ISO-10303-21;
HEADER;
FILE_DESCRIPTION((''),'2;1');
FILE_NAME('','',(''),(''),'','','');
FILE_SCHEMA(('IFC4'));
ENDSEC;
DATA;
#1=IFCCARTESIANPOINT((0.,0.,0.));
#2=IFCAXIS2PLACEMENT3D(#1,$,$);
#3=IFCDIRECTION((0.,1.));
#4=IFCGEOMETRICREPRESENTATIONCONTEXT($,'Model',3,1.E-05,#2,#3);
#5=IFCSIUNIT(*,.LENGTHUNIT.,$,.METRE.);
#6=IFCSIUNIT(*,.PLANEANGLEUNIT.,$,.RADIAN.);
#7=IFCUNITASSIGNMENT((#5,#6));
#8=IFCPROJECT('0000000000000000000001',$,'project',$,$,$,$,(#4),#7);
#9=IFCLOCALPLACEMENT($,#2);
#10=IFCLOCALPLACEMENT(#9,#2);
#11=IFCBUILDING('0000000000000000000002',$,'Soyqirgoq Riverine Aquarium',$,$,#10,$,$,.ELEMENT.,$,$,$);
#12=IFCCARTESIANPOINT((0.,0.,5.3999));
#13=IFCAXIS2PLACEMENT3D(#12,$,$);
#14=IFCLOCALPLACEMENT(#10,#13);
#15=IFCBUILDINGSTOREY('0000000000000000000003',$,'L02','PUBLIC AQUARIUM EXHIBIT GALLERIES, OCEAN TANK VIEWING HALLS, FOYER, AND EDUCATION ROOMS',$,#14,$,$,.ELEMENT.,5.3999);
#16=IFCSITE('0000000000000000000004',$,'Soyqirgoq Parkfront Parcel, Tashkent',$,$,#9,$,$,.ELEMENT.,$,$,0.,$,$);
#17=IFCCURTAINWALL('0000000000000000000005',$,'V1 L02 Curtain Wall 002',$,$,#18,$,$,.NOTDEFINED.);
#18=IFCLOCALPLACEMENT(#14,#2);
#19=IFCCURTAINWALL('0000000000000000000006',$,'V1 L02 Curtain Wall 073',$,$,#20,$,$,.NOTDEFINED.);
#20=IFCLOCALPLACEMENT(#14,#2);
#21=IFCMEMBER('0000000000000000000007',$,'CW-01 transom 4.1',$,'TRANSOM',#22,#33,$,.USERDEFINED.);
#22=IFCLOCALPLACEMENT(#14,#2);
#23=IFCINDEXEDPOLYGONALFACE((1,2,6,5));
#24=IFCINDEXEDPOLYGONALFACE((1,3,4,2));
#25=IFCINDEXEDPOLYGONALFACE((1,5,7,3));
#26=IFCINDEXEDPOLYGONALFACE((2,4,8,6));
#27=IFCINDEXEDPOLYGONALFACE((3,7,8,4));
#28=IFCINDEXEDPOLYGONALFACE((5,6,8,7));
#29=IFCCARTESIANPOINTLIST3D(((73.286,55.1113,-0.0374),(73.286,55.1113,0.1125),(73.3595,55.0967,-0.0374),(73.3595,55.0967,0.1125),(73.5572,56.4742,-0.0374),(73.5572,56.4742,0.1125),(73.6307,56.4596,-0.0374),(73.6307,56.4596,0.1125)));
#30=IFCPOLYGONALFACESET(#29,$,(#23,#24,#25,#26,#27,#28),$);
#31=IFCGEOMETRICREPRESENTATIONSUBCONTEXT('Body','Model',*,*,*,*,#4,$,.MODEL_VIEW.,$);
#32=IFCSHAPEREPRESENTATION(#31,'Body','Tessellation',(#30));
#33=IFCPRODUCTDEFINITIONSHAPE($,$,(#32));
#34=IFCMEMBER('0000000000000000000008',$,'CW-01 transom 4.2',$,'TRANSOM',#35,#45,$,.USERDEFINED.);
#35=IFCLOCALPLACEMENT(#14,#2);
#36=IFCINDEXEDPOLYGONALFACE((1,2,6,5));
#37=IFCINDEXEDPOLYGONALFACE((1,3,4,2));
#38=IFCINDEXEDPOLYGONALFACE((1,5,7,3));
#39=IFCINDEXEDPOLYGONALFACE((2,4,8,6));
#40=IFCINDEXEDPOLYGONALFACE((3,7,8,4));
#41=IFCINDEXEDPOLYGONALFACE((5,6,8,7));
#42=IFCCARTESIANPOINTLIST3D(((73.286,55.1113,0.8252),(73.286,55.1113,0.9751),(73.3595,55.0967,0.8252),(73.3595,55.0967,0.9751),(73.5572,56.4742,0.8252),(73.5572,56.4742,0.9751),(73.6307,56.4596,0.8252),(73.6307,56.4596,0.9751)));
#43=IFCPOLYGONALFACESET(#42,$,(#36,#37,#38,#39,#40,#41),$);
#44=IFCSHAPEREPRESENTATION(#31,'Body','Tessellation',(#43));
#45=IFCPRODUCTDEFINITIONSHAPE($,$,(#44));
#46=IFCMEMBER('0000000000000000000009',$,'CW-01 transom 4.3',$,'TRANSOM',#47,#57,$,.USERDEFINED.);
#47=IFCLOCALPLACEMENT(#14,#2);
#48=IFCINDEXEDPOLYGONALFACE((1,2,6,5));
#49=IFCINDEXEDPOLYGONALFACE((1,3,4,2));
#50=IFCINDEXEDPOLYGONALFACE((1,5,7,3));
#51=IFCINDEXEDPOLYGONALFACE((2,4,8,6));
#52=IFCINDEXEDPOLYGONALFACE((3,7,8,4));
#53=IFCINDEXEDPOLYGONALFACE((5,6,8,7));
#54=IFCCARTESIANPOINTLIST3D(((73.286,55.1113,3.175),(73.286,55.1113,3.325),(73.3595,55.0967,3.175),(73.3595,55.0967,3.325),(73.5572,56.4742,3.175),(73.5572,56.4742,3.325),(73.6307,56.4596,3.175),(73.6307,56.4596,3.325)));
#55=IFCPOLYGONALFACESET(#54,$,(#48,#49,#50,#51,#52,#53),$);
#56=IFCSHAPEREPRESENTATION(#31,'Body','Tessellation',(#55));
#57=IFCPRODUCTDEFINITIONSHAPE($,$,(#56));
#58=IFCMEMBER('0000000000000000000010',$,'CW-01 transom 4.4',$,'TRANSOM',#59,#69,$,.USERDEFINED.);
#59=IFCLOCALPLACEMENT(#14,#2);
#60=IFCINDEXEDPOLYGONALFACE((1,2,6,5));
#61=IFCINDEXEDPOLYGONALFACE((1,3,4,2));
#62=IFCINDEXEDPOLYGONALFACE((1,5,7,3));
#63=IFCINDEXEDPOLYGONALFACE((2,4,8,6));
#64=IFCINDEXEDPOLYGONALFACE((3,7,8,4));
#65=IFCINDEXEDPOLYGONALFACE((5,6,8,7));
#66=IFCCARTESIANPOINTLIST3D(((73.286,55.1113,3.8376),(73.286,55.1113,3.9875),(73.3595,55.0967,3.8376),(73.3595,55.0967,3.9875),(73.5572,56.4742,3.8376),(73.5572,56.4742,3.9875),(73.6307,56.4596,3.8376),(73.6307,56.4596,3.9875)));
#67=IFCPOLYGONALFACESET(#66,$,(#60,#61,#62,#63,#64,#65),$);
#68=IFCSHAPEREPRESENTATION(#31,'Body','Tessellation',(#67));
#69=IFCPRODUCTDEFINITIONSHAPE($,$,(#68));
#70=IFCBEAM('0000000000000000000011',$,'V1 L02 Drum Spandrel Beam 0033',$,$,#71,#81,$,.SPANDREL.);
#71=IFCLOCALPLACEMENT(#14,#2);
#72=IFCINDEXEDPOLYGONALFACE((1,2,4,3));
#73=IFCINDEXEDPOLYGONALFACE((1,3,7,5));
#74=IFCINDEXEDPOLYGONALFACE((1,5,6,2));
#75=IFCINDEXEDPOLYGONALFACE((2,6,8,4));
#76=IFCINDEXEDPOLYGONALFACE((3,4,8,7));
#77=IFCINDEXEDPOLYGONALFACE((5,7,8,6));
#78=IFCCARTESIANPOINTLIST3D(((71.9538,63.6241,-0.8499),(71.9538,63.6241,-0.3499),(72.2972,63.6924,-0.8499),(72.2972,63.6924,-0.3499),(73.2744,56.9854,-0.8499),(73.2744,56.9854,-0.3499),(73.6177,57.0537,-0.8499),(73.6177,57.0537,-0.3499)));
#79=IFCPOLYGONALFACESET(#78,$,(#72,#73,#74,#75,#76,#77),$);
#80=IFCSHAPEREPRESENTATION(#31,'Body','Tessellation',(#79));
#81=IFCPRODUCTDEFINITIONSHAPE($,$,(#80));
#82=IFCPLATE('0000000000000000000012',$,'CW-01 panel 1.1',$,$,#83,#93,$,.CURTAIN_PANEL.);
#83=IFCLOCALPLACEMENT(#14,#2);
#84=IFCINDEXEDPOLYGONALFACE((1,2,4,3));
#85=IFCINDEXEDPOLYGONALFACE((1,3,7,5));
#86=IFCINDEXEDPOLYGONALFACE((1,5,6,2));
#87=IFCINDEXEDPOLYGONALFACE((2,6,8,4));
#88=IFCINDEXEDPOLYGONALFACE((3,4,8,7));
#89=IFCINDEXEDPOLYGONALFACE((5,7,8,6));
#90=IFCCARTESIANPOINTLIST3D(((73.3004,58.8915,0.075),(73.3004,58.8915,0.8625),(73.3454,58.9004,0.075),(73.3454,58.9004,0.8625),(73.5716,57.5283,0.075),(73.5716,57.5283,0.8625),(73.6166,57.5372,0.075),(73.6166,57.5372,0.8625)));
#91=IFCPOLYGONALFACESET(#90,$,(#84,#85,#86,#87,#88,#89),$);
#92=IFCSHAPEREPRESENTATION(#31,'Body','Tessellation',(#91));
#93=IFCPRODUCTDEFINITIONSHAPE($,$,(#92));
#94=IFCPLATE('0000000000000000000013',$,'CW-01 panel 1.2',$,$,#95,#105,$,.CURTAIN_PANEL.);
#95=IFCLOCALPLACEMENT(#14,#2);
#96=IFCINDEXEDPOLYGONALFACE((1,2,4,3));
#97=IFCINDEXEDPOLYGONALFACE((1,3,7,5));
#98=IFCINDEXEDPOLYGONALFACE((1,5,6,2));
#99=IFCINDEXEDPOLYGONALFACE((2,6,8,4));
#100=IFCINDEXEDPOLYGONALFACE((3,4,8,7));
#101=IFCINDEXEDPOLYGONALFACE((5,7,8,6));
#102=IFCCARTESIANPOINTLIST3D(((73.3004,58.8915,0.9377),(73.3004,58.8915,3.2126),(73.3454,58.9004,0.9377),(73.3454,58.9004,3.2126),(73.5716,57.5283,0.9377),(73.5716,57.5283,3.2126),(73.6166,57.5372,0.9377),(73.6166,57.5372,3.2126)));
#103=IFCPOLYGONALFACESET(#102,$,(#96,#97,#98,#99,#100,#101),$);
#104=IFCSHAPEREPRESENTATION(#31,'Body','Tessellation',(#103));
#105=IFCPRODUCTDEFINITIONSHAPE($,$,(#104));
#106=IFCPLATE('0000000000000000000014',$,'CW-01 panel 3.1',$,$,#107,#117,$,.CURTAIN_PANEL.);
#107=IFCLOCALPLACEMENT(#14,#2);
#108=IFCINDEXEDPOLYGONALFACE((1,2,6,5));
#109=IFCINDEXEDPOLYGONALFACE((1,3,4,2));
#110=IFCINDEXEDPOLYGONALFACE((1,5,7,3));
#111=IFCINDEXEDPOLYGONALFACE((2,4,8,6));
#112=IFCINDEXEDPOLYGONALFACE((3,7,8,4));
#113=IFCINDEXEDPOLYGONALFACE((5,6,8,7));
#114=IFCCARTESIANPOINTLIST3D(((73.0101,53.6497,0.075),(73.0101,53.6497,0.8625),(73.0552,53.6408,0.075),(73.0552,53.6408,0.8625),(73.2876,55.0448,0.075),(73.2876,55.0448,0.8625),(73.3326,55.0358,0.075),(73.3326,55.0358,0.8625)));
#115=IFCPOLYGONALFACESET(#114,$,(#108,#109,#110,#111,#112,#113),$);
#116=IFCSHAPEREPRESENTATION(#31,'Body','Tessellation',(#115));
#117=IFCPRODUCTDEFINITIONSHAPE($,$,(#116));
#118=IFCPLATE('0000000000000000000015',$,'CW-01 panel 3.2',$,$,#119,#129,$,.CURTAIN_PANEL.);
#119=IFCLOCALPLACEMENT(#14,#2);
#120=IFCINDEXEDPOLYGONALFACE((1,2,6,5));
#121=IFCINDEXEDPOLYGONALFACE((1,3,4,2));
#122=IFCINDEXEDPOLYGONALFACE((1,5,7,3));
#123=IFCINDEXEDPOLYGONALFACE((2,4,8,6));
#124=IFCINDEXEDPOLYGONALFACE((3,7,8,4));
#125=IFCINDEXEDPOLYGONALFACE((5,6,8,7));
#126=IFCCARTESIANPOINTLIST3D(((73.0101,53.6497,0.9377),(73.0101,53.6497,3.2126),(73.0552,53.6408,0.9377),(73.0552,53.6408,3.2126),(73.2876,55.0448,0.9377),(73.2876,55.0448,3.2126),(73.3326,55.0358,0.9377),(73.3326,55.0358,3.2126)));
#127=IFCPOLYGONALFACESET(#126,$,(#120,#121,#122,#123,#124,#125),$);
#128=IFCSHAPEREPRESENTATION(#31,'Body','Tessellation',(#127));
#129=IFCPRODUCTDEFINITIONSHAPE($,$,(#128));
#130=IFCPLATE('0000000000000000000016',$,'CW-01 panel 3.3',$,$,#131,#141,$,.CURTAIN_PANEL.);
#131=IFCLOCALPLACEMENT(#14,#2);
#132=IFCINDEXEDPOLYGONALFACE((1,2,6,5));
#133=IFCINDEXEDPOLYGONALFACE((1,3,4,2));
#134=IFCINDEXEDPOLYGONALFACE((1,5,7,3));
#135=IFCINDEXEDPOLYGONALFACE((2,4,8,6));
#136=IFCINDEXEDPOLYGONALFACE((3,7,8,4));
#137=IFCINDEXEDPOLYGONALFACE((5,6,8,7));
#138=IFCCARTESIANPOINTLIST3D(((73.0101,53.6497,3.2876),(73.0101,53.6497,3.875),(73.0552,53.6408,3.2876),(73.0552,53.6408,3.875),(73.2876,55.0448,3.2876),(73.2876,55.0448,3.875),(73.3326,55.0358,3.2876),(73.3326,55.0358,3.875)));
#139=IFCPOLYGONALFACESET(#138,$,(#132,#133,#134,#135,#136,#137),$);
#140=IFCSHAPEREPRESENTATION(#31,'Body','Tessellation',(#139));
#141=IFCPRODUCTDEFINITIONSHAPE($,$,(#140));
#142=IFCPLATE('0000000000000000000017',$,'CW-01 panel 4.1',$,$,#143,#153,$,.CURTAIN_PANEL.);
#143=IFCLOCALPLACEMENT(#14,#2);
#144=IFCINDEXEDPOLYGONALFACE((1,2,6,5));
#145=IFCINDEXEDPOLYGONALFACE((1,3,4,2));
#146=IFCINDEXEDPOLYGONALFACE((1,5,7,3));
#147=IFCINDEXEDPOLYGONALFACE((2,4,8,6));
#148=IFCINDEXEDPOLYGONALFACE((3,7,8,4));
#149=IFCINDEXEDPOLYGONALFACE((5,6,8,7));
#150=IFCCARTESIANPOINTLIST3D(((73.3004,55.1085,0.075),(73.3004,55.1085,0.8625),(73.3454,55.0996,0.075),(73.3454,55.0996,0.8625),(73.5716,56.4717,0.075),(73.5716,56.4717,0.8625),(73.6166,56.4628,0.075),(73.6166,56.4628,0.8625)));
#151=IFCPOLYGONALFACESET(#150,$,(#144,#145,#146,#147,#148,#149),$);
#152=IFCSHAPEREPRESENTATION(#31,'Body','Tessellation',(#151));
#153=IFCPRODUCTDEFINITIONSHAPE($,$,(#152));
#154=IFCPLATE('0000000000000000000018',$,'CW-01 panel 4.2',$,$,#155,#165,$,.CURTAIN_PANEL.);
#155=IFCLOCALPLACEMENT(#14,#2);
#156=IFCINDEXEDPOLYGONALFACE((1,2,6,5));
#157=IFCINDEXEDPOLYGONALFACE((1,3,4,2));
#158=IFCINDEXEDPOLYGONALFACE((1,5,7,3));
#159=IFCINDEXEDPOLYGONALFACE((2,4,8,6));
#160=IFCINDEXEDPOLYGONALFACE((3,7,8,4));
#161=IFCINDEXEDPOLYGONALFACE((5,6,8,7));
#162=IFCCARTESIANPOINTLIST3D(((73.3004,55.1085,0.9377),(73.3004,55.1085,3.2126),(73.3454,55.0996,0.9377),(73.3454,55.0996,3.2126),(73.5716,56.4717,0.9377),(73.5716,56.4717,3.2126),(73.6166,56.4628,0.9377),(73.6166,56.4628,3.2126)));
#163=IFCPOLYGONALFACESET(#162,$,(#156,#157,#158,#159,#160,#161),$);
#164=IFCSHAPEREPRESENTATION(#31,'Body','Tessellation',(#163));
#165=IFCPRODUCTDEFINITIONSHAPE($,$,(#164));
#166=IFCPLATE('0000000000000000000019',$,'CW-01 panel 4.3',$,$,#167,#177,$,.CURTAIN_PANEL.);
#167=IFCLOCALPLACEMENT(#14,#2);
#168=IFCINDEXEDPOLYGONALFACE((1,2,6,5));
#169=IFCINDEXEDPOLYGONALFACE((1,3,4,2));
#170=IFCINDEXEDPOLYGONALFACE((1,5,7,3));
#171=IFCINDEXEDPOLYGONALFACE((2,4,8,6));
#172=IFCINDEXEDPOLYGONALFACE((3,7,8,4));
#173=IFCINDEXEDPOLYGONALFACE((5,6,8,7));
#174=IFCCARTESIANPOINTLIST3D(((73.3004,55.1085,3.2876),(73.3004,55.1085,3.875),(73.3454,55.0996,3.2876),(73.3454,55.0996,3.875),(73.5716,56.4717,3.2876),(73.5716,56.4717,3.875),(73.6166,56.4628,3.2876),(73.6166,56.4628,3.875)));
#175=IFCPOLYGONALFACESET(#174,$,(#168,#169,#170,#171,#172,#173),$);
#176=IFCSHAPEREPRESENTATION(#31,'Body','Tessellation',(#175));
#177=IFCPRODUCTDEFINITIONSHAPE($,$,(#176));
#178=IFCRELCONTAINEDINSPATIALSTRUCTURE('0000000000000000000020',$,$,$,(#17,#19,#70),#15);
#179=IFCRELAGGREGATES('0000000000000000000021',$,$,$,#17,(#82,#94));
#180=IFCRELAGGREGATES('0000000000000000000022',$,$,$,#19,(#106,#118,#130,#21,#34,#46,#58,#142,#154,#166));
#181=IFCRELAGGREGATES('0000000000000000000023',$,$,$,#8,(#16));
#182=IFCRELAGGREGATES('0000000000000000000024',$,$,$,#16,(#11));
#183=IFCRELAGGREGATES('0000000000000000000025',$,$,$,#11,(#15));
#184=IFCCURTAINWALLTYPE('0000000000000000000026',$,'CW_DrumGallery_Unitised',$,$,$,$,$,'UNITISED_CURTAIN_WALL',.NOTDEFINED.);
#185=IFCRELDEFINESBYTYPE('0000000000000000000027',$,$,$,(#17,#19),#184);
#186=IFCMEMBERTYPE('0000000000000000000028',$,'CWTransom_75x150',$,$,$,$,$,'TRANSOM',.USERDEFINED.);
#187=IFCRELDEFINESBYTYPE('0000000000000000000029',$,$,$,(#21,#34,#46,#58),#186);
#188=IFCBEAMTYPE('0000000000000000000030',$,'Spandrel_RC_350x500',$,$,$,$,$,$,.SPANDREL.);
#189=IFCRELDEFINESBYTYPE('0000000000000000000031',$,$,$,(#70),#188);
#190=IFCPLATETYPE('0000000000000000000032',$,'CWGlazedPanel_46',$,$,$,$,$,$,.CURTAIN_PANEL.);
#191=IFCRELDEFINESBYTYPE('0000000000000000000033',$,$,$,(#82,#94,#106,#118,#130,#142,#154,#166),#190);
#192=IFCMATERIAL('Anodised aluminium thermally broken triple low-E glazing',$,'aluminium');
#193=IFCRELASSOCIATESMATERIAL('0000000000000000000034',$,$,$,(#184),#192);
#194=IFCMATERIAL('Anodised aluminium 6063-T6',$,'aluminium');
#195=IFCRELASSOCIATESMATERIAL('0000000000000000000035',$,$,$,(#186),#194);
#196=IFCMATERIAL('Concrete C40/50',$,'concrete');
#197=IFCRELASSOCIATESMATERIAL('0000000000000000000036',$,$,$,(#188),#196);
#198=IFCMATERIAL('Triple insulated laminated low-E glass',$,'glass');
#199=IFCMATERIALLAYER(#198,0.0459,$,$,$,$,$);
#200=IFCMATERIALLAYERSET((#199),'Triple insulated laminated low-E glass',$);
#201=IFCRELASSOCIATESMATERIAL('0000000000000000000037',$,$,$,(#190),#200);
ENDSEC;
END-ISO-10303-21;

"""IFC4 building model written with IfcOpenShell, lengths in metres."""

from ifc_helpers import new_model, si_unit, direction, frame, origin, origin_2d, place, context, subcontext, project, spatial, rectangle, extrude, material, layer, layer_set, material_profile, profile_set, type_object, element, aggregate, save


model = new_model("IFC4")

# Units and contexts
model_context = context("Model", 3, precision=1e-05, world=origin(), true_north=direction((0.0, 1.0)))
body_context = subcontext(model_context, "Body", "Model", "MODEL_VIEW")
ifc_project = project(units=[si_unit("LENGTHUNIT", "METRE"), si_unit("PLANEANGLEUNIT", "RADIAN")], contexts=[model_context])

# Site, building, storey
site_placement = place(None, origin())
site = spatial("IfcSite", under=ifc_project, at=site_placement, Name="Soyqirgoq Parkfront Parcel, Tashkent", CompositionType="ELEMENT", RefElevation=0.0)
building_placement = place(site_placement, origin())
building = spatial("IfcBuilding", under=site, at=building_placement, Name="Soyqirgoq Riverine Aquarium", CompositionType="ELEMENT")
storey_placement = place(building_placement, frame((0.0, 0.0, 5.3999)))
storey = spatial("IfcBuildingStorey", under=building, at=storey_placement, Name="L02", Description="PUBLIC AQUARIUM EXHIBIT GALLERIES, OCEAN TANK VIEWING HALLS, FOYER, AND EDUCATION ROOMS", CompositionType="ELEMENT", Elevation=5.3999)

# Curtain wall
ifc_material_1 = material(Name="Anodised aluminium thermally broken triple low-E glazing", Category="aluminium")
curtain_wall_type = type_object("IfcCurtainWallType", Name="CW_DrumGallery_Unitised", ElementType="UNITISED_CURTAIN_WALL", PredefinedType="NOTDEFINED", material=ifc_material_1)
curtain_wall_1_placement = place(storey_placement, origin())
curtain_wall_1 = element("IfcCurtainWall", 1, at=curtain_wall_1_placement, inside=storey, type_object=curtain_wall_type, Name="V1 L02 Curtain Wall 002", PredefinedType="NOTDEFINED")

# Curtain wall
curtain_wall_2_placement = place(storey_placement, origin())
curtain_wall_2 = element("IfcCurtainWall", 2, at=curtain_wall_2_placement, inside=storey, type_object=curtain_wall_type, Name="V1 L02 Curtain Wall 073", PredefinedType="NOTDEFINED")

# Members
ifc_material_2 = material(Name="Anodised aluminium 6063-T6", Category="aluminium")
ifc_material_profile_1 = material_profile(ifc_material_2, rectangle(XDim=0.075, YDim=0.1499, at=origin_2d()), Name="ALU-T 75x150")
ifc_profile_set_1 = profile_set([ifc_material_profile_1], Name="Anodised aluminium 6063-T6")
member_type_1 = type_object("IfcMemberType", Name="CWTransom_75x150", ElementType="TRANSOM", PredefinedType="USERDEFINED", material=ifc_profile_set_1)
member_1_placement = place(storey_placement, frame((73.3228, 55.104, 0.0376), z_axis=(0.19517, 0.980769, 0.0), x_axis=(-0.980769, 0.19517, 0.0)))
member_1 = element("IfcMember", 3, at=member_1_placement, type_object=member_type_1, Name="CW-01 transom 4.1", ObjectType="TRANSOM", PredefinedType="USERDEFINED", context=body_context, shape_type="SweptSolid", body=[
    extrude(rectangle(XDim=0.075, YDim=0.1499, at=origin_2d()), origin(), (0.0, 0.0, 1.0), 1.3896),
])
member_2_placement = place(storey_placement, frame((73.3228, 55.104, 0.9001), z_axis=(0.19517, 0.980769, 0.0), x_axis=(-0.980769, 0.19517, 0.0)))
member_2 = element("IfcMember", 4, at=member_2_placement, type_object=member_type_1, Name="CW-01 transom 4.2", ObjectType="TRANSOM", PredefinedType="USERDEFINED", context=body_context, shape_type="SweptSolid", body=[
    extrude(rectangle(XDim=0.075, YDim=0.1499, at=origin_2d()), origin(), (0.0, 0.0, 1.0), 1.3896),
])
member_3_placement = place(storey_placement, frame((73.3228, 55.104, 3.25), z_axis=(0.19517, 0.980769, 0.0), x_axis=(-0.980769, 0.19517, 0.0)))
member_3 = element("IfcMember", 5, at=member_3_placement, type_object=member_type_1, Name="CW-01 transom 4.3", ObjectType="TRANSOM", PredefinedType="USERDEFINED", context=body_context, shape_type="SweptSolid", body=[
    extrude(rectangle(XDim=0.075, YDim=0.1499, at=origin_2d()), origin(), (0.0, 0.0, 1.0), 1.3896),
])
member_4_placement = place(storey_placement, frame((73.3228, 55.104, 3.9126), z_axis=(0.19517, 0.980769, 0.0), x_axis=(-0.980769, 0.19517, 0.0)))
member_4 = element("IfcMember", 6, at=member_4_placement, type_object=member_type_1, Name="CW-01 transom 4.4", ObjectType="TRANSOM", PredefinedType="USERDEFINED", context=body_context, shape_type="SweptSolid", body=[
    extrude(rectangle(XDim=0.075, YDim=0.1499, at=origin_2d()), origin(), (0.0, 0.0, 1.0), 1.3896),
])

# Beam
ifc_material_3 = material(Name="Concrete C40/50", Category="concrete")
ifc_material_profile_2 = material_profile(ifc_material_3, rectangle(XDim=0.3501, YDim=0.5, at=origin_2d()), Name="RC 350x500")
ifc_profile_set_2 = profile_set([ifc_material_profile_2], Name="Concrete C40/50")
beam_type = type_object("IfcBeamType", Name="Spandrel_RC_350x500", PredefinedType="SPANDREL", material=ifc_profile_set_2)
beam_placement = place(storey_placement, frame((73.446, 57.0195, -0.5999), z_axis=(-0.195096, 0.980784, 0.0), x_axis=(-0.980784, -0.195096, 0.0)))
element("IfcBeam", 7, at=beam_placement, inside=storey, type_object=beam_type, Name="V1 L02 Drum Spandrel Beam 0033", PredefinedType="SPANDREL", context=body_context, shape_type="SweptSolid", body=[
    extrude(rectangle(XDim=0.3501, YDim=0.5, at=origin_2d()), origin(), (0.0, 0.0, 1.0), 6.7688),
])

# Plates
ifc_material_4 = material(Name="Triple insulated laminated low-E glass", Category="glass")
ifc_layer = layer(ifc_material_4, 0.0459)
ifc_layer_set = layer_set([ifc_layer], Name="Triple insulated laminated low-E glass")
plate_type = type_object("IfcPlateType", Name="CWGlazedPanel_46", PredefinedType="CURTAIN_PANEL", material=ifc_layer_set)
plate_1_placement = place(storey_placement, frame((73.4585, 58.2144, 0.075), z_axis=(0.0, 0.0, 1.0), x_axis=(-0.195088, 0.980786, 0.0)))
plate_1 = element("IfcPlate", 8, at=plate_1_placement, type_object=plate_type, Name="CW-01 panel 1.1", PredefinedType="CURTAIN_PANEL", context=body_context, shape_type="SweptSolid", body=[
    extrude(rectangle(XDim=1.3899, YDim=0.0459, at=origin_2d()), origin(), (0.0, 0.0, 1.0), 0.7876),
])
plate_2_placement = place(storey_placement, frame((73.4585, 58.2144, 0.9377), z_axis=(0.0, 0.0, 1.0), x_axis=(-0.195088, 0.980786, 0.0)))
plate_2 = element("IfcPlate", 9, at=plate_2_placement, type_object=plate_type, Name="CW-01 panel 1.2", PredefinedType="CURTAIN_PANEL", context=body_context, shape_type="SweptSolid", body=[
    extrude(rectangle(XDim=1.3899, YDim=0.0459, at=origin_2d()), origin(), (0.0, 0.0, 1.0), 2.2749),
])
aggregate(curtain_wall_1, [plate_1, plate_2])
plate_3_placement = place(storey_placement, frame((73.1714, 54.3428, 0.075), z_axis=(0.0, 0.0, 1.0), x_axis=(0.195088, 0.980786, 0.0)))
plate_3 = element("IfcPlate", 10, at=plate_3_placement, type_object=plate_type, Name="CW-01 panel 3.1", PredefinedType="CURTAIN_PANEL", context=body_context, shape_type="SweptSolid", body=[
    extrude(rectangle(XDim=1.4224, YDim=0.0459, at=origin_2d()), origin(), (0.0, 0.0, 1.0), 0.7876),
])
plate_4_placement = place(storey_placement, frame((73.1714, 54.3428, 0.9377), z_axis=(0.0, 0.0, 1.0), x_axis=(0.195088, 0.980786, 0.0)))
plate_4 = element("IfcPlate", 11, at=plate_4_placement, type_object=plate_type, Name="CW-01 panel 3.2", PredefinedType="CURTAIN_PANEL", context=body_context, shape_type="SweptSolid", body=[
    extrude(rectangle(XDim=1.4224, YDim=0.0459, at=origin_2d()), origin(), (0.0, 0.0, 1.0), 2.2749),
])
plate_5_placement = place(storey_placement, frame((73.1714, 54.3428, 3.2876), z_axis=(0.0, 0.0, 1.0), x_axis=(0.195088, 0.980786, 0.0)))
plate_5 = element("IfcPlate", 12, at=plate_5_placement, type_object=plate_type, Name="CW-01 panel 3.3", PredefinedType="CURTAIN_PANEL", context=body_context, shape_type="SweptSolid", body=[
    extrude(rectangle(XDim=1.4224, YDim=0.0459, at=origin_2d()), origin(), (0.0, 0.0, 1.0), 0.5874),
])
plate_6_placement = place(storey_placement, frame((73.4585, 55.7856, 0.075), z_axis=(0.0, 0.0, 1.0), x_axis=(0.195088, 0.980786, 0.0)))
plate_6 = element("IfcPlate", 13, at=plate_6_placement, type_object=plate_type, Name="CW-01 panel 4.1", PredefinedType="CURTAIN_PANEL", context=body_context, shape_type="SweptSolid", body=[
    extrude(rectangle(XDim=1.3899, YDim=0.0459, at=origin_2d()), origin(), (0.0, 0.0, 1.0), 0.7876),
])
plate_7_placement = place(storey_placement, frame((73.4585, 55.7856, 0.9377), z_axis=(0.0, 0.0, 1.0), x_axis=(0.195088, 0.980786, 0.0)))
plate_7 = element("IfcPlate", 14, at=plate_7_placement, type_object=plate_type, Name="CW-01 panel 4.2", PredefinedType="CURTAIN_PANEL", context=body_context, shape_type="SweptSolid", body=[
    extrude(rectangle(XDim=1.3899, YDim=0.0459, at=origin_2d()), origin(), (0.0, 0.0, 1.0), 2.2749),
])
plate_8_placement = place(storey_placement, frame((73.4585, 55.7856, 3.2876), z_axis=(0.0, 0.0, 1.0), x_axis=(0.195088, 0.980786, 0.0)))
plate_8 = element("IfcPlate", 15, at=plate_8_placement, type_object=plate_type, Name="CW-01 panel 4.3", PredefinedType="CURTAIN_PANEL", context=body_context, shape_type="SweptSolid", body=[
    extrude(rectangle(XDim=1.3899, YDim=0.0459, at=origin_2d()), origin(), (0.0, 0.0, 1.0), 0.5874),
])
aggregate(curtain_wall_2, [plate_3, plate_4, plate_5, member_1, member_2, member_3, member_4, plate_6, plate_7, plate_8])

save(model, "model.ifc")
